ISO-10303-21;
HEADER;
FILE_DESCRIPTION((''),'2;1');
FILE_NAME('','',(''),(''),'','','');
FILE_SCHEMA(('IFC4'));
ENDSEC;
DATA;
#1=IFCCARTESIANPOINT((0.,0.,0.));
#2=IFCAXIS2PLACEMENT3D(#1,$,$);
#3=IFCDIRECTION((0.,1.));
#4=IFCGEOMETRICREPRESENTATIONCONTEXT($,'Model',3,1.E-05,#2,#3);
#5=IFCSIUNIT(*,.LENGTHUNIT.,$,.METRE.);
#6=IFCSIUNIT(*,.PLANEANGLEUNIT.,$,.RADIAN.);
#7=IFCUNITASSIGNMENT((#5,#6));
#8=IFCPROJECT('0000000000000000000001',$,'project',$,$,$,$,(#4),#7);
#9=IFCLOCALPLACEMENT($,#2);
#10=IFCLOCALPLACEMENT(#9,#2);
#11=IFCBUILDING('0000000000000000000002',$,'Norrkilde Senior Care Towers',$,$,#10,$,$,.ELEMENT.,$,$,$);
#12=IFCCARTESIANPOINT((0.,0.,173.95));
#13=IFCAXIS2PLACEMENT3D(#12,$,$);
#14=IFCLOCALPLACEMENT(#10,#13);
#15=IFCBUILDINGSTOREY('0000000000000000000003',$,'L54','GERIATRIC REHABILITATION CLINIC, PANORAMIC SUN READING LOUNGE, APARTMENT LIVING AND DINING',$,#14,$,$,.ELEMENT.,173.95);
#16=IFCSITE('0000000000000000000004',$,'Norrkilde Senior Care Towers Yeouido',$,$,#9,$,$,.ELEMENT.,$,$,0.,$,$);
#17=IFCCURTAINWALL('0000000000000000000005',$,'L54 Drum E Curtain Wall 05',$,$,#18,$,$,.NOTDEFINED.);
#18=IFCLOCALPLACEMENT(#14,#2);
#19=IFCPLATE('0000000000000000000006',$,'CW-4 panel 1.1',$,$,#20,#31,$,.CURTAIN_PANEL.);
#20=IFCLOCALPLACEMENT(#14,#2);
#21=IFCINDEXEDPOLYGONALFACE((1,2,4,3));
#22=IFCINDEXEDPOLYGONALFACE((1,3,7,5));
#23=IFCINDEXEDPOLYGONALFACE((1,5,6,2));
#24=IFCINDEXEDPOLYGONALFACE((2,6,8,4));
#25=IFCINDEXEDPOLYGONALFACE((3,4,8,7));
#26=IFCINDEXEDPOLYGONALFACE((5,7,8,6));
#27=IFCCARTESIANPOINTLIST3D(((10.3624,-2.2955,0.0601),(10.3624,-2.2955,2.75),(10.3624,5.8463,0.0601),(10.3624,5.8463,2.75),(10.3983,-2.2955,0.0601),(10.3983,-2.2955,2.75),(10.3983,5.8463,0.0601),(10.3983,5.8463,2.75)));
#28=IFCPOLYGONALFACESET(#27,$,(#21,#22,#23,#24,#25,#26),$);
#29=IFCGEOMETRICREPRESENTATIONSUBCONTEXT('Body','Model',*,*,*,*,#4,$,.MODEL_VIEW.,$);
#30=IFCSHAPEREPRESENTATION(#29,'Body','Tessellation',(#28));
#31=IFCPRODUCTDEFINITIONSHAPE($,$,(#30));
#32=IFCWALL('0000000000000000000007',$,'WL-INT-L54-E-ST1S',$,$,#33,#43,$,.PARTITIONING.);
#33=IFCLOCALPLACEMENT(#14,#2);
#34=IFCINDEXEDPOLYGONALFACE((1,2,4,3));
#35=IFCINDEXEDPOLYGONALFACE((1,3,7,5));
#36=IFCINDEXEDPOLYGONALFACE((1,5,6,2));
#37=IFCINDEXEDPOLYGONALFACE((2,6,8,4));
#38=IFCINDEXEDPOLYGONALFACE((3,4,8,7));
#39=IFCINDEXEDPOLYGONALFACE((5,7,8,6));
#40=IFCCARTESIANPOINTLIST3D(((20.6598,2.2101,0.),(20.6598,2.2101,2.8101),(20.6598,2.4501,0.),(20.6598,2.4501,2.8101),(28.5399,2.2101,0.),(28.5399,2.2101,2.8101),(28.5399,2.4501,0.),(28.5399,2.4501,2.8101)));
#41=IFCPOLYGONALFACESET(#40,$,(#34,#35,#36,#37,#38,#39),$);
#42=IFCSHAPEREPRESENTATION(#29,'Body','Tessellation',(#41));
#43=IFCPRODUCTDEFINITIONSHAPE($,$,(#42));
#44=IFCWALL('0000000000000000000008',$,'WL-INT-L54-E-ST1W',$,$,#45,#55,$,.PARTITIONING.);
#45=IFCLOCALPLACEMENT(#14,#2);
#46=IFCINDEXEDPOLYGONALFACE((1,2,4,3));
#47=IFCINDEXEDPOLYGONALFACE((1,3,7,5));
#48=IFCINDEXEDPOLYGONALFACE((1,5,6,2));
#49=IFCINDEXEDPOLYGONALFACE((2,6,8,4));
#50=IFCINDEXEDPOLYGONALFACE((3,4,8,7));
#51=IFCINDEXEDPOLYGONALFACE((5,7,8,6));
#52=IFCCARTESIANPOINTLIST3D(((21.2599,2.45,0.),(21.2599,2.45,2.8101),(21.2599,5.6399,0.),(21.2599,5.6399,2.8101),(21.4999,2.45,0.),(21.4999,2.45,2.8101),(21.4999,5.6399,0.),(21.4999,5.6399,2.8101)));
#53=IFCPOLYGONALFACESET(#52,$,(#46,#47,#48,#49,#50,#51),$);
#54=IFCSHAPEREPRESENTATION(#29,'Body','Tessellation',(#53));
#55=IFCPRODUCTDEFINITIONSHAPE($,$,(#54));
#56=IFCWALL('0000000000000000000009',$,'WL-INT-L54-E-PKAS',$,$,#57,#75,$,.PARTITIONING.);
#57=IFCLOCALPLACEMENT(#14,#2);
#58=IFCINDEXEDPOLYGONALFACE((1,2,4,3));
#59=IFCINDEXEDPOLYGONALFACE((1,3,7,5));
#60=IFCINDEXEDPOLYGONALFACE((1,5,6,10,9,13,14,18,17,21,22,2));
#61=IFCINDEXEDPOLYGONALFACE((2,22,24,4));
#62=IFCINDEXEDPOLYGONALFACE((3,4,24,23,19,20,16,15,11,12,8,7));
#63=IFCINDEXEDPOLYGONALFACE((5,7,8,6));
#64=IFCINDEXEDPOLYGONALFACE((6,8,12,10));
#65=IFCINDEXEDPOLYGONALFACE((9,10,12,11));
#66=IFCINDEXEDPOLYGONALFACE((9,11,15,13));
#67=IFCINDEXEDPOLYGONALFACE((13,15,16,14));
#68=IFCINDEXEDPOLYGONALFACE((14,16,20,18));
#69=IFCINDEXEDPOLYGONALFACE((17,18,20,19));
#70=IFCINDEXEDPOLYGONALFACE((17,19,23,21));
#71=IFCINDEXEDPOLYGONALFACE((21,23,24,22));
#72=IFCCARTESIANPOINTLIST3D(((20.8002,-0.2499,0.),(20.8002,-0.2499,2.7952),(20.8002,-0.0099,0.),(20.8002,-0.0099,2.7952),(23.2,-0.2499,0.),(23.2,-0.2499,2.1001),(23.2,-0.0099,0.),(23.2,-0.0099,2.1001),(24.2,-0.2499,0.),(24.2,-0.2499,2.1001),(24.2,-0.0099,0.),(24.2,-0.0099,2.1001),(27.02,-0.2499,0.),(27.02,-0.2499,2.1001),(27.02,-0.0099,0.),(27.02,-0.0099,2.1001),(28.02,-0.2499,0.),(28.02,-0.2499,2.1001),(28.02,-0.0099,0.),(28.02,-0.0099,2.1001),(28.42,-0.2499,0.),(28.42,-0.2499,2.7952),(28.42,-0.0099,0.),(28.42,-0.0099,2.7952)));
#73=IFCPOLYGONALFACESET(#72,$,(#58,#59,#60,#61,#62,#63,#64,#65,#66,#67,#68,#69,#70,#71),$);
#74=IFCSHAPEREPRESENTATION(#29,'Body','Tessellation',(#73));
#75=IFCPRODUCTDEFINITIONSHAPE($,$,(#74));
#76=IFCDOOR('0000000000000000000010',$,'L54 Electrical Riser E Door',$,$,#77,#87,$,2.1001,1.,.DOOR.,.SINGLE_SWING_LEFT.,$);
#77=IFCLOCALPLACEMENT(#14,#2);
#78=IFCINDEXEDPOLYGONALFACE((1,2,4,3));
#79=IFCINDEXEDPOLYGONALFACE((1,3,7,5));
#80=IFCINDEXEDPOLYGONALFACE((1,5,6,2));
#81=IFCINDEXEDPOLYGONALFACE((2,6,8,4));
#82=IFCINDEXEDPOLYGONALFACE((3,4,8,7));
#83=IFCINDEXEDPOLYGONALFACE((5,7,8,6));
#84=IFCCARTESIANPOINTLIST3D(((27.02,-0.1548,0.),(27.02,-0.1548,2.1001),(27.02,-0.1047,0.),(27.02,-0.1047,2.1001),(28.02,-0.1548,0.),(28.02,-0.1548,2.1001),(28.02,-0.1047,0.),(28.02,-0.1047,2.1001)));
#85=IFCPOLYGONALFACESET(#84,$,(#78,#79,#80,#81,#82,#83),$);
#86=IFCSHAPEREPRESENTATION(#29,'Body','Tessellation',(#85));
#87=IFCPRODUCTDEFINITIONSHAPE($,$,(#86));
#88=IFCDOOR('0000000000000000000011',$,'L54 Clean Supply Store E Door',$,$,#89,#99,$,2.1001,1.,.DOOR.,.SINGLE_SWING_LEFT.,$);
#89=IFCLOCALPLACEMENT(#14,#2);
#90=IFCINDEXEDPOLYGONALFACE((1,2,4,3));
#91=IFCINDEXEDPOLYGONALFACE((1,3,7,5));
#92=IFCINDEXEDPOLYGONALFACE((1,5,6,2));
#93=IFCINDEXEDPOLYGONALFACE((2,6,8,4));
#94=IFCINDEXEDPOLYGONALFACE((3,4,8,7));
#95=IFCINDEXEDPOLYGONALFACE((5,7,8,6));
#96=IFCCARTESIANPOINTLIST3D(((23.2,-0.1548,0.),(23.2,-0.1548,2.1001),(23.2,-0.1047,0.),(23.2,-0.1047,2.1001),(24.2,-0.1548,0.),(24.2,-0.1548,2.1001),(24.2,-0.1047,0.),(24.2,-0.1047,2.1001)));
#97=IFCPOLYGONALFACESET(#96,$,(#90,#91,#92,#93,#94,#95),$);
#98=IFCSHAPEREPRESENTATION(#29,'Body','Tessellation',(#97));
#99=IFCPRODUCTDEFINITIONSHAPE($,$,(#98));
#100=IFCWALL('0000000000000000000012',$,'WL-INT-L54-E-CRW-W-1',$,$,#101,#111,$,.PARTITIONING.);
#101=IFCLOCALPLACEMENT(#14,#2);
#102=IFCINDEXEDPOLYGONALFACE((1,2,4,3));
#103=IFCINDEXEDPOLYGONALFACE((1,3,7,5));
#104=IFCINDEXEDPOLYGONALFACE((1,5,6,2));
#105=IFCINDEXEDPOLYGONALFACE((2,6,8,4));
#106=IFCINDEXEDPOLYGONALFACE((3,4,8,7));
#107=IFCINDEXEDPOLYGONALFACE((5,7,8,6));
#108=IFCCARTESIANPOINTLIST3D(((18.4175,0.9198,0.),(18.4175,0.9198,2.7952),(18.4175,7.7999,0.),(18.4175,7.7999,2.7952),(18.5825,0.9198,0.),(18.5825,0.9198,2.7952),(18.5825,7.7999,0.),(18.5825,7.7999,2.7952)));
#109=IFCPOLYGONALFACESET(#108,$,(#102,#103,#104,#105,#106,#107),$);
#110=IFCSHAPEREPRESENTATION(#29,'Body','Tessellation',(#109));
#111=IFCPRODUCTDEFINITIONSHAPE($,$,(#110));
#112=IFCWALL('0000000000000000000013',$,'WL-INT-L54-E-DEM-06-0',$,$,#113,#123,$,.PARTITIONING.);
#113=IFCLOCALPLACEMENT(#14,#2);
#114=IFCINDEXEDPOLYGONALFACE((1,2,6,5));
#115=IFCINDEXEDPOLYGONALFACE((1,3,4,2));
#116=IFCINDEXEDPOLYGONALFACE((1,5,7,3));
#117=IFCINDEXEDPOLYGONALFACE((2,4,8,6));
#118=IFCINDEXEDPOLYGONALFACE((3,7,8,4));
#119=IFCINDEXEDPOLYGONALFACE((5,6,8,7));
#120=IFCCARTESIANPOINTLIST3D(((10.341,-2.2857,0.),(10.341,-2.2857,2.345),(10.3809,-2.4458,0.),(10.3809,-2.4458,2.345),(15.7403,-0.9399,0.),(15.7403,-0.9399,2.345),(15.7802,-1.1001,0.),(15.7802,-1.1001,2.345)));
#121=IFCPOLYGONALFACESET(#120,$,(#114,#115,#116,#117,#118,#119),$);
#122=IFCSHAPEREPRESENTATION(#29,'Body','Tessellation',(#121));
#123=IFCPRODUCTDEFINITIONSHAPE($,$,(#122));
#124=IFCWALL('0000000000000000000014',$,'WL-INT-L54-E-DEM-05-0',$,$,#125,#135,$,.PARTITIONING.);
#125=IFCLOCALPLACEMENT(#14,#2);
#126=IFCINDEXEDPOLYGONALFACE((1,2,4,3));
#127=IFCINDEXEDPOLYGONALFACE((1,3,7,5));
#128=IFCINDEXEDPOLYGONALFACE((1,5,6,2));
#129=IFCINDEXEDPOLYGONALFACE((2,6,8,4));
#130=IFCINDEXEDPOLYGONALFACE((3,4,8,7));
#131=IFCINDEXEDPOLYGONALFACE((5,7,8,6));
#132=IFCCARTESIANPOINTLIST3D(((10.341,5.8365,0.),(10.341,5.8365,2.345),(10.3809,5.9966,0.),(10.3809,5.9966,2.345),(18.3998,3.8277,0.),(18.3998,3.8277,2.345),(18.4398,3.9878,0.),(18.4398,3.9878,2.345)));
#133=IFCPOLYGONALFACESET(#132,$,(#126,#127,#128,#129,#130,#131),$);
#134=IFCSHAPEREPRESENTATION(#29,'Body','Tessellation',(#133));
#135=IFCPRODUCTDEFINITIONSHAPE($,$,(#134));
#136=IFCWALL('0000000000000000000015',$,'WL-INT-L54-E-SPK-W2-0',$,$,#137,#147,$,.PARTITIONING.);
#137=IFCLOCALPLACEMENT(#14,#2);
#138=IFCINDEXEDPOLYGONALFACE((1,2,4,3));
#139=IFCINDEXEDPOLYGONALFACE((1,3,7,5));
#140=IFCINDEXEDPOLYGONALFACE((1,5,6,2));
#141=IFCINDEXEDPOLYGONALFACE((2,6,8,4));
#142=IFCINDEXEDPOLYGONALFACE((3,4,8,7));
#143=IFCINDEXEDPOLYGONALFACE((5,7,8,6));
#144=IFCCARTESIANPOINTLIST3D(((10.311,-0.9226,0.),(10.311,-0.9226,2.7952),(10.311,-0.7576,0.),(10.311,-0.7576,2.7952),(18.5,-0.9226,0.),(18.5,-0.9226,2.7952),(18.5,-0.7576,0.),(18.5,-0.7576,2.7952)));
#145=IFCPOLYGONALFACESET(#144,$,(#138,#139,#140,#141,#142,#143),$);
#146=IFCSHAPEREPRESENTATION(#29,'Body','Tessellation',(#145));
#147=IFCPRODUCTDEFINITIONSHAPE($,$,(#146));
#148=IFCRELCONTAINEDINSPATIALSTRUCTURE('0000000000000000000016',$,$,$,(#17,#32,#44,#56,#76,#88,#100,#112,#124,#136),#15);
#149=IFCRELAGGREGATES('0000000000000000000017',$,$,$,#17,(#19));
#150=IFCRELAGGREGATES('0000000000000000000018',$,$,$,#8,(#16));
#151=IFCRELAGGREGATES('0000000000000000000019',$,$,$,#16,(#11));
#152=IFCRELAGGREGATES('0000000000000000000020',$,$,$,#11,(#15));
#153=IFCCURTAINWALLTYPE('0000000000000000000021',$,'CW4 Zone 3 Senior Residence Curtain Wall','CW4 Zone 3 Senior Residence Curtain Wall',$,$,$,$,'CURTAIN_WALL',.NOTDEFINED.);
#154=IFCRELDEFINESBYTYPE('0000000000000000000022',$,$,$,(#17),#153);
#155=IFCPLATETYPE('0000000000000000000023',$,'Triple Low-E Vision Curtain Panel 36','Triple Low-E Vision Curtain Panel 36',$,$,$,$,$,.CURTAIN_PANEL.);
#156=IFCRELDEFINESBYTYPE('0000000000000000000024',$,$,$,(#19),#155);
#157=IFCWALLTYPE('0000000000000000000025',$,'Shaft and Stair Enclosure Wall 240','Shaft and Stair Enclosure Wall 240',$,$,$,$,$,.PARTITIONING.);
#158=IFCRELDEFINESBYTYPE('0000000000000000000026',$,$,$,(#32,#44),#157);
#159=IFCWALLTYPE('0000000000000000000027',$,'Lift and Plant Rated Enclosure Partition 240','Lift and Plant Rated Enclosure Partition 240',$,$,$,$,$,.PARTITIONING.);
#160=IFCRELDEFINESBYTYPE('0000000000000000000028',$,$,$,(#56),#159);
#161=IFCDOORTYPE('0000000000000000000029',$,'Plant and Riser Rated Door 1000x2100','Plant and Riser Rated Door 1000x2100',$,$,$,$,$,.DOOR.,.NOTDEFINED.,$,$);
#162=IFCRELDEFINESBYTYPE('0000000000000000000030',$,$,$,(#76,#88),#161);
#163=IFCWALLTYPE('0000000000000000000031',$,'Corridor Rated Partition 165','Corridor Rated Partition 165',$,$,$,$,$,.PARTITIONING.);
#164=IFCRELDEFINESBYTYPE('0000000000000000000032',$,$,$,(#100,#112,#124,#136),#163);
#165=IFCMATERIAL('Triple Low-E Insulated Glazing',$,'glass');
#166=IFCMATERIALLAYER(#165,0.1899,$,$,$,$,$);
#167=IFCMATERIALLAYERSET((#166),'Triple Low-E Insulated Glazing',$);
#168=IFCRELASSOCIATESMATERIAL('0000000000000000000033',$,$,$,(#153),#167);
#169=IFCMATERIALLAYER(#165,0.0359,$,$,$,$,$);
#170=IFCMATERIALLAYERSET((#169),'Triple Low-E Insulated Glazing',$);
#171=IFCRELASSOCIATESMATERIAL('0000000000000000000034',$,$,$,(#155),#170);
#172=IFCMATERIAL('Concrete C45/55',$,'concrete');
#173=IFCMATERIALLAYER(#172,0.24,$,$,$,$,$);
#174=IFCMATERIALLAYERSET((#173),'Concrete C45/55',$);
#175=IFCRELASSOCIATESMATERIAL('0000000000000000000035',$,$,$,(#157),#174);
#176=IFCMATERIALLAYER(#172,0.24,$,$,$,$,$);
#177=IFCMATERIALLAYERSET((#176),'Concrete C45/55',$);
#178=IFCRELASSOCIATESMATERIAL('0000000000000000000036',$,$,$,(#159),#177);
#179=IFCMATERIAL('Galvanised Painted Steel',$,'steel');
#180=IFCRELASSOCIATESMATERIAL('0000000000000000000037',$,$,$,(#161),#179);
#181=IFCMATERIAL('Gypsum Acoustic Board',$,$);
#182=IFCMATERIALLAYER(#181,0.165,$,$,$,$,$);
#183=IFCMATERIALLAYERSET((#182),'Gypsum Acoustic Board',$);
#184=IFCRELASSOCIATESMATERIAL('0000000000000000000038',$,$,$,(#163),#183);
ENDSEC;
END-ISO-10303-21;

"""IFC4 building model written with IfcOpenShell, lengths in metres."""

from ifc_helpers import new_model, si_unit, direction, frame, frame_2d, origin, origin_2d, place, context, subcontext, project, spatial, rectangle, extrude, source, transform, mapped, material, layer, layer_set, type_object, type_shapes, element, fill, aggregate, save


model = new_model("IFC4")

# Units and contexts
model_context = context("Model", 3, precision=1e-05, world=origin(), true_north=direction((0.0, 1.0)))
body_context = subcontext(model_context, "Body", "Model", "MODEL_VIEW")
ifc_project = project(units=[si_unit("LENGTHUNIT", "METRE"), si_unit("PLANEANGLEUNIT", "RADIAN")], contexts=[model_context])

# Site, building, storey
site_placement = place(None, origin())
site = spatial("IfcSite", under=ifc_project, at=site_placement, Name="Norrkilde Senior Care Towers Yeouido", CompositionType="ELEMENT", RefElevation=0.0)
building_placement = place(site_placement, origin())
building = spatial("IfcBuilding", under=site, at=building_placement, Name="Norrkilde Senior Care Towers", CompositionType="ELEMENT")
storey_placement = place(building_placement, frame((0.0, 0.0, 173.95)))
storey = spatial("IfcBuildingStorey", under=building, at=storey_placement, Name="L54", Description="GERIATRIC REHABILITATION CLINIC, PANORAMIC SUN READING LOUNGE, APARTMENT LIVING AND DINING", CompositionType="ELEMENT", Elevation=173.95)

# Shared definitions
ifc_material_1 = material(Name="Triple Low-E Insulated Glazing", Category="glass")
ifc_layer_1 = layer(ifc_material_1, 0.1899)
ifc_layer_set_1 = layer_set([ifc_layer_1], Name="Triple Low-E Insulated Glazing")
curtain_wall_type = type_object("IfcCurtainWallType", Name="CW4 Zone 3 Senior Residence Curtain Wall", Description="CW4 Zone 3 Senior Residence Curtain Wall", ElementType="CURTAIN_WALL", PredefinedType="NOTDEFINED", material=ifc_layer_set_1)

# Curtain wall, plate
curtain_wall_1_placement = place(storey_placement, origin())
curtain_wall_1 = element("IfcCurtainWall", 1, at=curtain_wall_1_placement, inside=storey, type_object=curtain_wall_type, Name="L54 Drum E Curtain Wall 05", PredefinedType="NOTDEFINED")
ifc_layer_2 = layer(ifc_material_1, 0.0359)
ifc_layer_set_2 = layer_set([ifc_layer_2], Name="Triple Low-E Insulated Glazing")
plate_type = type_object("IfcPlateType", Name="Triple Low-E Vision Curtain Panel 36", Description="Triple Low-E Vision Curtain Panel 36", PredefinedType="CURTAIN_PANEL", material=ifc_layer_set_2)
shared_shape_1 = source(origin(), body_context, "Body", "SweptSolid", [
    extrude(rectangle(XDim=8.1418, YDim=0.0359, at=origin_2d()), origin(), (0.0, 0.0, 1.0), 2.6899),
])
type_shapes(plate_type, [shared_shape_1])
plate_placement = place(storey_placement, frame((10.3804, 1.7754, 0.0601), z_axis=(0.0, 0.0, 1.0), x_axis=(0.0, 1.0, 0.0)))
plate = element("IfcPlate", 2, at=plate_placement, type_object=plate_type, Name="CW-4 panel 1.1", PredefinedType="CURTAIN_PANEL", context=body_context, shape_type="MappedRepresentation", body=[
    mapped(shared_shape_1, transform((0.0, 0.0, 0.0), x_axis=(1.0, 0.0, 0.0), y_axis=(0.0, 1.0, 0.0), z_axis=(0.0, 0.0, 1.0), scale=1.0)),
])
aggregate(curtain_wall_1, [plate])

# Walls
ifc_material_2 = material(Name="Concrete C45/55", Category="concrete")
ifc_layer_3 = layer(ifc_material_2, 0.24)
ifc_layer_set_3 = layer_set([ifc_layer_3], Name="Concrete C45/55")
wall_type_1 = type_object("IfcWallType", Name="Shaft and Stair Enclosure Wall 240", Description="Shaft and Stair Enclosure Wall 240", PredefinedType="PARTITIONING", material=ifc_layer_set_3)
shared_shape_2 = source(origin(), body_context, "Body", "SweptSolid", [
    extrude(rectangle(XDim=7.8801, YDim=0.24, at=frame_2d((3.9399, 0.0))), origin(), (0.0, 0.0, 1.0), 2.8101),
])
wall_1_placement = place(storey_placement, frame((20.6599, 2.3301, 0.0), z_axis=(0.0, 0.0, 1.0), x_axis=(1.0, 0.0, 0.0)))
element("IfcWall", 3, at=wall_1_placement, inside=storey, type_object=wall_type_1, Name="WL-INT-L54-E-ST1S", PredefinedType="PARTITIONING", context=body_context, shape_type="MappedRepresentation", body=[
    mapped(shared_shape_2, transform((0.0, 0.0, 0.0), x_axis=(1.0, 0.0, 0.0), y_axis=(0.0, 1.0, 0.0), z_axis=(0.0, 0.0, 1.0), scale=1.0)),
])
shared_shape_3 = source(origin(), body_context, "Body", "SweptSolid", [
    extrude(rectangle(XDim=3.1899, YDim=0.24, at=frame_2d((1.595, 0.0))), origin(), (0.0, 0.0, 1.0), 2.8101),
])
type_shapes(wall_type_1, [shared_shape_2, shared_shape_3])
wall_2_placement = place(storey_placement, frame((21.3799, 2.45, 0.0), z_axis=(0.0, 0.0, 1.0), x_axis=(0.0, 1.0, 0.0)))
element("IfcWall", 4, at=wall_2_placement, inside=storey, type_object=wall_type_1, Name="WL-INT-L54-E-ST1W", PredefinedType="PARTITIONING", context=body_context, shape_type="MappedRepresentation", body=[
    mapped(shared_shape_3, transform((0.0, 0.0, 0.0), x_axis=(1.0, 0.0, 0.0), y_axis=(0.0, 1.0, 0.0), z_axis=(0.0, 0.0, 1.0), scale=1.0)),
])

# Wall, openings, doors
ifc_layer_4 = layer(ifc_material_2, 0.24)
ifc_layer_set_4 = layer_set([ifc_layer_4], Name="Concrete C45/55")
wall_type_2 = type_object("IfcWallType", Name="Lift and Plant Rated Enclosure Partition 240", Description="Lift and Plant Rated Enclosure Partition 240", PredefinedType="PARTITIONING", material=ifc_layer_set_4)
shared_shape_4 = source(origin(), body_context, "Body", "SweptSolid", [
    extrude(rectangle(XDim=7.6199, YDim=0.24, at=frame_2d((3.8101, 0.0))), origin(), (0.0, 0.0, 1.0), 2.7952),
])
type_shapes(wall_type_2, [shared_shape_4])
wall_3_placement = place(storey_placement, frame((20.8, -0.1299, 0.0), z_axis=(0.0, 0.0, 1.0), x_axis=(1.0, 0.0, 0.0)))
wall_3 = element("IfcWall", 5, at=wall_3_placement, inside=storey, type_object=wall_type_2, Name="WL-INT-L54-E-PKAS", PredefinedType="PARTITIONING", context=body_context, shape_type="MappedRepresentation", body=[
    mapped(shared_shape_4, transform((0.0, 0.0, 0.0), x_axis=(1.0, 0.0, 0.0), y_axis=(0.0, 1.0, 0.0), z_axis=(0.0, 0.0, 1.0), scale=1.0)),
])
opening_1_placement = place(wall_3_placement, frame((6.22, 0.0, 0.0)))
opening_1 = element("IfcOpeningElement", 6, at=opening_1_placement, cuts=wall_3, PredefinedType="OPENING", context=body_context, shape_type="SweptSolid", body=[
    extrude(rectangle(XDim=1.0, YDim=2.1001, at=frame_2d((0.5, 1.05))), frame((0.0, 0.1299, 0.0), z_axis=(0.0, -1.0, 0.0), x_axis=(1.0, 0.0, 0.0)), (0.0, 0.0, 1.0), 0.26),
])
opening_2_placement = place(wall_3_placement, frame((2.3999, 0.0, 0.0)))
opening_2 = element("IfcOpeningElement", 7, at=opening_2_placement, cuts=wall_3, PredefinedType="OPENING", context=body_context, shape_type="SweptSolid", body=[
    extrude(rectangle(XDim=1.0, YDim=2.1001, at=frame_2d((0.5, 1.05))), frame((0.0, 0.1299, 0.0), z_axis=(0.0, -1.0, 0.0), x_axis=(1.0, 0.0, 0.0)), (0.0, 0.0, 1.0), 0.26),
])
ifc_material_3 = material(Name="Galvanised Painted Steel", Category="steel")
door_type = type_object("IfcDoorType", Name="Plant and Riser Rated Door 1000x2100", Description="Plant and Riser Rated Door 1000x2100", OperationType="NOTDEFINED", PredefinedType="DOOR", material=ifc_material_3)
shared_shape_5 = source(origin(), body_context, "Body", "SweptSolid", [
    extrude(rectangle(XDim=1.0, YDim=2.1001, at=frame_2d((0.5, 1.05))), frame((0.0, 0.0249, 0.0), z_axis=(0.0, -1.0, 0.0), x_axis=(1.0, 0.0, 0.0)), (0.0, 0.0, 1.0), 0.05),
])
type_shapes(door_type, [shared_shape_5])
door_1_placement = place(opening_1_placement, frame((1.0, 0.0, 0.0), z_axis=(0.0, 0.0, 1.0), x_axis=(-1.0, 0.0, 0.0)))
door_1 = element("IfcDoor", 8, at=door_1_placement, inside=storey, type_object=door_type, Name="L54 Electrical Riser E Door", OperationType="SINGLE_SWING_LEFT", OverallHeight=2.1001, OverallWidth=1.0, PredefinedType="DOOR", context=body_context, shape_type="MappedRepresentation", body=[
    mapped(shared_shape_5, transform((0.0, 0.0, 0.0), x_axis=(1.0, 0.0, 0.0), y_axis=(0.0, 1.0, 0.0), z_axis=(0.0, 0.0, 1.0), scale=1.0)),
])
fill(opening_1, door_1)
door_2_placement = place(opening_2_placement, frame((1.0, 0.0, 0.0), z_axis=(0.0, 0.0, 1.0), x_axis=(-1.0, 0.0, 0.0)))
door_2 = element("IfcDoor", 9, at=door_2_placement, inside=storey, type_object=door_type, Name="L54 Clean Supply Store E Door", OperationType="SINGLE_SWING_LEFT", OverallHeight=2.1001, OverallWidth=1.0, PredefinedType="DOOR", context=body_context, shape_type="MappedRepresentation", body=[
    mapped(shared_shape_5, transform((0.0, 0.0, 0.0), x_axis=(1.0, 0.0, 0.0), y_axis=(0.0, 1.0, 0.0), z_axis=(0.0, 0.0, 1.0), scale=1.0)),
])
fill(opening_2, door_2)

# Walls
ifc_material_4 = material(Name="Gypsum Acoustic Board")
ifc_layer_5 = layer(ifc_material_4, 0.165)
ifc_layer_set_5 = layer_set([ifc_layer_5], Name="Gypsum Acoustic Board")
wall_type_3 = type_object("IfcWallType", Name="Corridor Rated Partition 165", Description="Corridor Rated Partition 165", PredefinedType="PARTITIONING", material=ifc_layer_set_5)
shared_shape_6 = source(origin(), body_context, "Body", "SweptSolid", [
    extrude(rectangle(XDim=6.8801, YDim=0.165, at=frame_2d((3.4399, 0.0))), origin(), (0.0, 0.0, 1.0), 2.7952),
])
wall_4_placement = place(storey_placement, frame((18.5, 0.9199, 0.0), z_axis=(0.0, 0.0, 1.0), x_axis=(0.0, 1.0, 0.0)))
element("IfcWall", 10, at=wall_4_placement, inside=storey, type_object=wall_type_3, Name="WL-INT-L54-E-CRW-W-1", PredefinedType="PARTITIONING", context=body_context, shape_type="MappedRepresentation", body=[
    mapped(shared_shape_6, transform((0.0, 0.0, 0.0), x_axis=(1.0, 0.0, 0.0), y_axis=(0.0, 1.0, 0.0), z_axis=(0.0, 0.0, 1.0), scale=1.0)),
])
shared_shape_7 = source(origin(), body_context, "Body", "SweptSolid", [
    extrude(rectangle(XDim=5.5645, YDim=0.165, at=frame_2d((2.7822, 0.0))), origin(), (0.0, 0.0, 1.0), 2.345),
])
wall_5_placement = place(storey_placement, frame((15.7603, -1.02, 0.0), z_axis=(0.0, 0.0, 1.0), x_axis=(-0.970315, -0.241844, 0.0)))
element("IfcWall", 11, at=wall_5_placement, inside=storey, type_object=wall_type_3, Name="WL-INT-L54-E-DEM-06-0", PredefinedType="PARTITIONING", context=body_context, shape_type="MappedRepresentation", body=[
    mapped(shared_shape_7, transform((0.0, 0.0, 0.0), x_axis=(1.0, 0.0, 0.0), y_axis=(0.0, 1.0, 0.0), z_axis=(0.0, 0.0, 1.0), scale=1.0)),
])
shared_shape_8 = source(origin(), body_context, "Body", "SweptSolid", [
    extrude(rectangle(XDim=8.3054, YDim=0.165, at=frame_2d((4.1528, 0.0))), origin(), (0.0, 0.0, 1.0), 2.345),
])
wall_6_placement = place(storey_placement, frame((18.4199, 3.9077, 0.0), z_axis=(0.0, 0.0, 1.0), x_axis=(-0.97031, 0.241865, 0.0)))
element("IfcWall", 12, at=wall_6_placement, inside=storey, type_object=wall_type_3, Name="WL-INT-L54-E-DEM-05-0", PredefinedType="PARTITIONING", context=body_context, shape_type="MappedRepresentation", body=[
    mapped(shared_shape_8, transform((0.0, 0.0, 0.0), x_axis=(1.0, 0.0, 0.0), y_axis=(0.0, 1.0, 0.0), z_axis=(0.0, 0.0, 1.0), scale=1.0)),
])
shared_shape_9 = source(origin(), body_context, "Body", "SweptSolid", [
    extrude(rectangle(XDim=8.189, YDim=0.165, at=frame_2d((4.0945, 0.0))), origin(), (0.0, 0.0, 1.0), 2.7952),
])
type_shapes(wall_type_3, [shared_shape_6, shared_shape_7, shared_shape_8, shared_shape_9])
wall_7_placement = place(storey_placement, frame((18.5, -0.8401, 0.0), z_axis=(0.0, 0.0, 1.0), x_axis=(-1.0, 0.0, 0.0)))
element("IfcWall", 13, at=wall_7_placement, inside=storey, type_object=wall_type_3, Name="WL-INT-L54-E-SPK-W2-0", PredefinedType="PARTITIONING", context=body_context, shape_type="MappedRepresentation", body=[
    mapped(shared_shape_9, transform((0.0, 0.0, 0.0), x_axis=(1.0, 0.0, 0.0), y_axis=(0.0, 1.0, 0.0), z_axis=(0.0, 0.0, 1.0), scale=1.0)),
])

save(model, "model.ifc")
